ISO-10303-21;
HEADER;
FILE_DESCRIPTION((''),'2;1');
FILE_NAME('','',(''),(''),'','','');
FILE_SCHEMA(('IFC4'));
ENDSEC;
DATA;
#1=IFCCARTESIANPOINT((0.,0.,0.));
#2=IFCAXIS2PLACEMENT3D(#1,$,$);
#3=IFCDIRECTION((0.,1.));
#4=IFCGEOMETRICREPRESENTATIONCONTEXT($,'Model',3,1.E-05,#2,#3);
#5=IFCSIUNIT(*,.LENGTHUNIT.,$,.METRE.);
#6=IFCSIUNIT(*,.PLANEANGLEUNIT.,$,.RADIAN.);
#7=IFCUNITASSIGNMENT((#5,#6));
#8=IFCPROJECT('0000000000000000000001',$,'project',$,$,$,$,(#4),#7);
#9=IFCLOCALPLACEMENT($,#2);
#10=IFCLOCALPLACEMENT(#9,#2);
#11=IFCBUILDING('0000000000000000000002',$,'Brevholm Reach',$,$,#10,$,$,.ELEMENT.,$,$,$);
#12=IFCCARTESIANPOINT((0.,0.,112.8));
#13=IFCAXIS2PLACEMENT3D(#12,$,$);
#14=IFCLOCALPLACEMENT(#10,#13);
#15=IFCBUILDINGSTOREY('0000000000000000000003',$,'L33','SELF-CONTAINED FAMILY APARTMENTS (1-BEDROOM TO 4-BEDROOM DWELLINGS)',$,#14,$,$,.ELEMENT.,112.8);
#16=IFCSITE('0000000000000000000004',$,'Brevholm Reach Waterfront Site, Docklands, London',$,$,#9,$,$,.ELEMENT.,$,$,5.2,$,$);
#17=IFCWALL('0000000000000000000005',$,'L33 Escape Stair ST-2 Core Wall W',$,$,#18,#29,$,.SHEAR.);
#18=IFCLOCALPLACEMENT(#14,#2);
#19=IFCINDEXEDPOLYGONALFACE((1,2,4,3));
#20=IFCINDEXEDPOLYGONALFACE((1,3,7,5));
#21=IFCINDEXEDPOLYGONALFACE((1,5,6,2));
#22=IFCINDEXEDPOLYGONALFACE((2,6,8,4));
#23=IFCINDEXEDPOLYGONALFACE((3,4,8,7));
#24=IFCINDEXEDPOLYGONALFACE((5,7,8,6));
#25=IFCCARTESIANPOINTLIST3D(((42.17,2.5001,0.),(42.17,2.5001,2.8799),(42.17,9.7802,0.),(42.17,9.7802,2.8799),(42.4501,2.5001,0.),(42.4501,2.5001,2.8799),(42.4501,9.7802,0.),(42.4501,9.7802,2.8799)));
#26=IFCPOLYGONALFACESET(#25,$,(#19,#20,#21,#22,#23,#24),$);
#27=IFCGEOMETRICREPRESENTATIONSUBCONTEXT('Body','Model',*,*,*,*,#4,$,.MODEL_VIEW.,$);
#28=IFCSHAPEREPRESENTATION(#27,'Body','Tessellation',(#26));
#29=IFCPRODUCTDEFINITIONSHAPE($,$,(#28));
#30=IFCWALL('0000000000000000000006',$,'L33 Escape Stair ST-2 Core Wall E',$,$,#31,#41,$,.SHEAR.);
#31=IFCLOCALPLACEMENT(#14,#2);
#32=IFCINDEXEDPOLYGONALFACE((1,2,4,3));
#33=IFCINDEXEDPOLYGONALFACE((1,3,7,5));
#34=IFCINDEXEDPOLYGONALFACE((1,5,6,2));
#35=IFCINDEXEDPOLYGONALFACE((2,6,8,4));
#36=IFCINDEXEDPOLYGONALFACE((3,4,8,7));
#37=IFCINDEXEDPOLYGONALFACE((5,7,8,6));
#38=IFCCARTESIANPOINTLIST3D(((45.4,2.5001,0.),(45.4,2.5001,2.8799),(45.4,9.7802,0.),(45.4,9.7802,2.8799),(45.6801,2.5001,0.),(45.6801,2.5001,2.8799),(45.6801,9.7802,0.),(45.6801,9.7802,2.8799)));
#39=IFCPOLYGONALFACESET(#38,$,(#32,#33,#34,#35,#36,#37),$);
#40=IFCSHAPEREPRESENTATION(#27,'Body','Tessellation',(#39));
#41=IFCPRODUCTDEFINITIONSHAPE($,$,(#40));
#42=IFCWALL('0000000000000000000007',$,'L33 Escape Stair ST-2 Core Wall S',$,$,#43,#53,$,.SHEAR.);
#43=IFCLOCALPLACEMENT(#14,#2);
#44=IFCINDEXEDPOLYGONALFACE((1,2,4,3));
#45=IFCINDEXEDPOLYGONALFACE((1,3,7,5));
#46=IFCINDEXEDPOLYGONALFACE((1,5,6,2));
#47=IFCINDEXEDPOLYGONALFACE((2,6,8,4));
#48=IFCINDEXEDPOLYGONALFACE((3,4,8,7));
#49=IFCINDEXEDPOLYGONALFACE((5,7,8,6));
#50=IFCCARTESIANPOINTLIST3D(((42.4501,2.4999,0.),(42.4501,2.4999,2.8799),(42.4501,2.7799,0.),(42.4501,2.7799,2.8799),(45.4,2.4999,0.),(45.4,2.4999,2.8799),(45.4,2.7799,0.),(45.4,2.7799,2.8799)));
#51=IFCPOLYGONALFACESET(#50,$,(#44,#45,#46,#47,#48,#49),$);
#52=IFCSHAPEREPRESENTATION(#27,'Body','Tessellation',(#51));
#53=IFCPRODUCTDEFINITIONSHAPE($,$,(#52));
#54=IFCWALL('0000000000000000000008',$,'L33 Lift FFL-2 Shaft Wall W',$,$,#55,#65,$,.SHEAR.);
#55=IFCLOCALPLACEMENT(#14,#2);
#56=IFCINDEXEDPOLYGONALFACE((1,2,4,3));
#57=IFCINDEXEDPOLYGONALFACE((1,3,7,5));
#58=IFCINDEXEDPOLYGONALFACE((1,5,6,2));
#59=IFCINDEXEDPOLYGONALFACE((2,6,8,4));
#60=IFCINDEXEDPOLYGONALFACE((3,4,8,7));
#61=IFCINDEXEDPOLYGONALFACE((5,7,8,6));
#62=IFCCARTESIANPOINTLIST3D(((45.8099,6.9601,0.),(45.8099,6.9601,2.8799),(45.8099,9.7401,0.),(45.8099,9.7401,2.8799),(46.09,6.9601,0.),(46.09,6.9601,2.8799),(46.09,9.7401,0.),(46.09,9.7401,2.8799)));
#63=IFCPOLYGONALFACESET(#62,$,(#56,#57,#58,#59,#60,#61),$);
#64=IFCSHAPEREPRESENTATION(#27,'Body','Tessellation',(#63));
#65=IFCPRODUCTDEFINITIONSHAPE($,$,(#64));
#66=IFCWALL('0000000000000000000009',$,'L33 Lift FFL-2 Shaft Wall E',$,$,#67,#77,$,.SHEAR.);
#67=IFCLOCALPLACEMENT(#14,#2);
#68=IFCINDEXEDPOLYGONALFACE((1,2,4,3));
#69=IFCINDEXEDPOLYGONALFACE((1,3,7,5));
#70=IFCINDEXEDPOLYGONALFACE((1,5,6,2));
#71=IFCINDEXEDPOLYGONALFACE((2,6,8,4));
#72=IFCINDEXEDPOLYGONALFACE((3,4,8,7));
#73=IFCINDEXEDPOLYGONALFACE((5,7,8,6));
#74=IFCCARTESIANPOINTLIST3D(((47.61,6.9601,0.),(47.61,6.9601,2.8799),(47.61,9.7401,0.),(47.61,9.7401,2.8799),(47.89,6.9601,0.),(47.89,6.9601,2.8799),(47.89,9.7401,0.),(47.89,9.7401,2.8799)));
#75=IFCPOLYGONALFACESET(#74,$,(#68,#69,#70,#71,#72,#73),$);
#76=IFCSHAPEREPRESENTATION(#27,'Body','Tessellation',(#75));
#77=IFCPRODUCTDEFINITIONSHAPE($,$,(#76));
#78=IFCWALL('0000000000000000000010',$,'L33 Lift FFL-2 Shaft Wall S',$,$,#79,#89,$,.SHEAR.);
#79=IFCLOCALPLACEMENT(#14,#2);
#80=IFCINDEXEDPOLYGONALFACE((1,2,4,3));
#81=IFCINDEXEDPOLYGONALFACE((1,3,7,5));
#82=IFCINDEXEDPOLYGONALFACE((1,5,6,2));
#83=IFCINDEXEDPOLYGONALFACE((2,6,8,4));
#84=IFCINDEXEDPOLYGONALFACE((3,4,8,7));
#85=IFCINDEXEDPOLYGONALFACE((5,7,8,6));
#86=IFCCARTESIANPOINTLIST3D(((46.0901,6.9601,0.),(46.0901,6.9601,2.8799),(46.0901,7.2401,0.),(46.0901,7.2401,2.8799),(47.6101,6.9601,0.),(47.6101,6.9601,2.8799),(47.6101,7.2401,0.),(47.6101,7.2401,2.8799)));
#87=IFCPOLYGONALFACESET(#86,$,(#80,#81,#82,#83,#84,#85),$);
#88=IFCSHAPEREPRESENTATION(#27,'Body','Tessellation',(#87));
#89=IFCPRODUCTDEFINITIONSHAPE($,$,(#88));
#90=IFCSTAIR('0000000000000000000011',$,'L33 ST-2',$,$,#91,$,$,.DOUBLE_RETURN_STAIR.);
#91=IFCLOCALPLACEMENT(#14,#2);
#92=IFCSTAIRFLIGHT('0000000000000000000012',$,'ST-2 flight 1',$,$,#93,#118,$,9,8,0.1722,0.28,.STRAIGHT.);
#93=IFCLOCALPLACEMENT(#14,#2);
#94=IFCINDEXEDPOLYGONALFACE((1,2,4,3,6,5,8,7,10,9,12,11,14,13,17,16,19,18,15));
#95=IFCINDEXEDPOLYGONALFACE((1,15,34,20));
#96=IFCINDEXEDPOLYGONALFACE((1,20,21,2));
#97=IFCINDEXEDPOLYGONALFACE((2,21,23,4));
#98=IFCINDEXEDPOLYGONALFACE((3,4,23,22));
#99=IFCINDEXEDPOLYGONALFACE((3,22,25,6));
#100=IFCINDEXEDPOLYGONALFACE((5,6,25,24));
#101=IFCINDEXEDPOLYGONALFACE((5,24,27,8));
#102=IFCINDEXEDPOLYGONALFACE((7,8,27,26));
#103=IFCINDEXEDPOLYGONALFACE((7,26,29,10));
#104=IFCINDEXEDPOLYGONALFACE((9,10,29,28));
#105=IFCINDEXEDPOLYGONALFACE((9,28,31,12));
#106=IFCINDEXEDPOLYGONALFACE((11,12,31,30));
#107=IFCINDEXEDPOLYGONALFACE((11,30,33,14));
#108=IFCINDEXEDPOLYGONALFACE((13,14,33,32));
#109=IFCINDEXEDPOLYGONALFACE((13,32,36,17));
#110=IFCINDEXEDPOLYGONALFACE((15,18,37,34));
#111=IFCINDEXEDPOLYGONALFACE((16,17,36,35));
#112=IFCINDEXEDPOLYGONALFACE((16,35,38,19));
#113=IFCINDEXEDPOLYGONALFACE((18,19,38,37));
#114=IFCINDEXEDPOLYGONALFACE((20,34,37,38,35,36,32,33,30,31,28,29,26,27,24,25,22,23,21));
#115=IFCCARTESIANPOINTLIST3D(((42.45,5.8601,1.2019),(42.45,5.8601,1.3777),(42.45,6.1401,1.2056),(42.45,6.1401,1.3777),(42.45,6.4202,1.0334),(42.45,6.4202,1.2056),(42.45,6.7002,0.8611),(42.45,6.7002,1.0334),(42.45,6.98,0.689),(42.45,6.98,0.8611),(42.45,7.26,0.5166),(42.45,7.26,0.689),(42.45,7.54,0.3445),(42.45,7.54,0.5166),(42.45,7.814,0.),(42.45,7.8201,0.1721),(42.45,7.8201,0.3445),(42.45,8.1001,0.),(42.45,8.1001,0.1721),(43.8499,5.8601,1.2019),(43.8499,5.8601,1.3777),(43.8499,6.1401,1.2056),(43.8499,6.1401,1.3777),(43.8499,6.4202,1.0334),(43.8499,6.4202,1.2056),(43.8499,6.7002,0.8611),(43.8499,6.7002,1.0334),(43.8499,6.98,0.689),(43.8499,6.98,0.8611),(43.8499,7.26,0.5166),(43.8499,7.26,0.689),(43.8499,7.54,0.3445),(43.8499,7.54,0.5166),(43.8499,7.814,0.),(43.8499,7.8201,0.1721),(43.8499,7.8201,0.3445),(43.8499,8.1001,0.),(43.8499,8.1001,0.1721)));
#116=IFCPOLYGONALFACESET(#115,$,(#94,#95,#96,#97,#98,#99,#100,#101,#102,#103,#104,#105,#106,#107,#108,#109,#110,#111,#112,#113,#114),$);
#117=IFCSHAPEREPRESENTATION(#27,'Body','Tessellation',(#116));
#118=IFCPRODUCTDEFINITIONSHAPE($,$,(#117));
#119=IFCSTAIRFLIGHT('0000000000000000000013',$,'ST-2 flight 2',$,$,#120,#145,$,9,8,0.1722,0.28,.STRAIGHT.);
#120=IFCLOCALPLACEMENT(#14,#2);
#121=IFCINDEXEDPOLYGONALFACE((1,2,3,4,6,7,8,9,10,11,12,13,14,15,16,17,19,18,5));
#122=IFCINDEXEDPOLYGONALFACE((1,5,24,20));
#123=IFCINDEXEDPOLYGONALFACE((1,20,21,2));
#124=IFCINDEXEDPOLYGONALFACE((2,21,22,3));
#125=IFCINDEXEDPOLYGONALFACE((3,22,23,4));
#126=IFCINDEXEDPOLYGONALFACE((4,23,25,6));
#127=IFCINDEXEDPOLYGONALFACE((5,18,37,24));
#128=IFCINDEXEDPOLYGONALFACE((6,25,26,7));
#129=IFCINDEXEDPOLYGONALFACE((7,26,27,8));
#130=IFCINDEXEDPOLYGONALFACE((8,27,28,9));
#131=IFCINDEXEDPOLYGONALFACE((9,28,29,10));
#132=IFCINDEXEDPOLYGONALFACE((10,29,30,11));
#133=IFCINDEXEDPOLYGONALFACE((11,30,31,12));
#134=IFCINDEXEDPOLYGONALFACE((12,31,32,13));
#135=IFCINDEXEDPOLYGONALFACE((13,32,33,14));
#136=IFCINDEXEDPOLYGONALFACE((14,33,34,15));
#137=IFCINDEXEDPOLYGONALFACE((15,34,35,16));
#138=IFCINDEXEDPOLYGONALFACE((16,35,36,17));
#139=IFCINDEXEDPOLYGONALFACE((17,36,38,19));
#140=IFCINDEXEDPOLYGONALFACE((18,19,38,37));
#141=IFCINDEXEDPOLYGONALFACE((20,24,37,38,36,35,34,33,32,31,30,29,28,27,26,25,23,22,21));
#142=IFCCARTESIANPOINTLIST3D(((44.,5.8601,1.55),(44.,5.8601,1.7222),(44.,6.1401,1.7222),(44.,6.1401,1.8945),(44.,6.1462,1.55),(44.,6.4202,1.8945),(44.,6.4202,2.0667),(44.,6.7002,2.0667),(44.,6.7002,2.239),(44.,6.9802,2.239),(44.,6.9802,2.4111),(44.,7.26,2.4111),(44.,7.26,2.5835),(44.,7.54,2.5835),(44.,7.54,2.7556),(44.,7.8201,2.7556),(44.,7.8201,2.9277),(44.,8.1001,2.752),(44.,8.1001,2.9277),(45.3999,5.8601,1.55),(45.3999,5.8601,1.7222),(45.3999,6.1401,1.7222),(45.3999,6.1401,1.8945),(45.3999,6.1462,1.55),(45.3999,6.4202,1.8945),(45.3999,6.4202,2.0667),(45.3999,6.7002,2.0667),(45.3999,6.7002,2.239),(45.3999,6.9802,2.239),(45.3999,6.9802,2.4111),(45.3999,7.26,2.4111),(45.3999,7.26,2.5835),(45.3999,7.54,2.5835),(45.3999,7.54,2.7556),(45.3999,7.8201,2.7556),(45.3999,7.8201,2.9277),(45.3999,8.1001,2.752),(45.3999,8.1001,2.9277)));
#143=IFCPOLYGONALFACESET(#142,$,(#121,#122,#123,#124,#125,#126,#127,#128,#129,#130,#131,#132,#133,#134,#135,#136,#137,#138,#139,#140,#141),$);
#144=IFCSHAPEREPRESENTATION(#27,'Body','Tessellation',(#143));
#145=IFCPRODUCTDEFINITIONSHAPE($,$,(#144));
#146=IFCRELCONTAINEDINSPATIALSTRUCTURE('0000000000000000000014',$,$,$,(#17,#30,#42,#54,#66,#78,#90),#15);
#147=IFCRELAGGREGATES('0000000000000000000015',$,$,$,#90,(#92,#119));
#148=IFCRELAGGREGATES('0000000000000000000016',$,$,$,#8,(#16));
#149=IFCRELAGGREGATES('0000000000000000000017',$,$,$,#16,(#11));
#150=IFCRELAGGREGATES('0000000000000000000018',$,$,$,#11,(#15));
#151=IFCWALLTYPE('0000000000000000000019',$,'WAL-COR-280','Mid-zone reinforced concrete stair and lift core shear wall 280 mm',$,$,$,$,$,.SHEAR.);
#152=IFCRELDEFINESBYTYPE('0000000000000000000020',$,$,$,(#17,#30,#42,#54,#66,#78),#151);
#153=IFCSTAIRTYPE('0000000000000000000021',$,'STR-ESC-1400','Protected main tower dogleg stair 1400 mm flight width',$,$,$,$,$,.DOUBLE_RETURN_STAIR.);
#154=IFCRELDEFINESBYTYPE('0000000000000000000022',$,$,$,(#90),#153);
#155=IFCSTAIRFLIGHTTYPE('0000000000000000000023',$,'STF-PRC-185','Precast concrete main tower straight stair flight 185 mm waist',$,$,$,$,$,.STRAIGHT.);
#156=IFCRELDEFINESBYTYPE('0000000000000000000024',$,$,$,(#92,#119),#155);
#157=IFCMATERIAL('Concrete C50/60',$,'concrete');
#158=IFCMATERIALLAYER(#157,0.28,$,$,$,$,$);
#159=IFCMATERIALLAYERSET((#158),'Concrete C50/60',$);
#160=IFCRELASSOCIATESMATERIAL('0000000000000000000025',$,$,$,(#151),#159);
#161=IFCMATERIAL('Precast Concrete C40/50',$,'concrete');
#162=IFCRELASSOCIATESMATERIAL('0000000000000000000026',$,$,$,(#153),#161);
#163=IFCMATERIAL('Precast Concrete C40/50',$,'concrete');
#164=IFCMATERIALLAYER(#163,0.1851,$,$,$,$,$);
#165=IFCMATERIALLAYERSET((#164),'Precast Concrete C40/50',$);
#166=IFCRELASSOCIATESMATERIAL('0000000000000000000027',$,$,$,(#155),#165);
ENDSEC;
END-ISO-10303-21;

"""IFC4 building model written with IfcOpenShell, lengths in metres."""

from ifc_helpers import new_model, si_unit, direction, frame, frame_2d, origin, place, context, subcontext, project, spatial, polyline, rectangle, outline, extrude, material, layer, layer_set, type_object, element, aggregate, save


model = new_model("IFC4")

# Units and contexts
model_context = context("Model", 3, precision=1e-05, world=origin(), true_north=direction((0.0, 1.0)))
body_context = subcontext(model_context, "Body", "Model", "MODEL_VIEW")
ifc_project = project(units=[si_unit("LENGTHUNIT", "METRE"), si_unit("PLANEANGLEUNIT", "RADIAN")], contexts=[model_context])

# Site, building, storey
site_placement = place(None, origin())
site = spatial("IfcSite", under=ifc_project, at=site_placement, Name="Brevholm Reach Waterfront Site, Docklands, London", CompositionType="ELEMENT", RefElevation=5.2)
building_placement = place(site_placement, origin())
building = spatial("IfcBuilding", under=site, at=building_placement, Name="Brevholm Reach", CompositionType="ELEMENT")
storey_placement = place(building_placement, frame((0.0, 0.0, 112.8)))
storey = spatial("IfcBuildingStorey", under=building, at=storey_placement, Name="L33", Description="SELF-CONTAINED FAMILY APARTMENTS (1-BEDROOM TO 4-BEDROOM DWELLINGS)", CompositionType="ELEMENT", Elevation=112.8)

# Walls
ifc_material_1 = material(Name="Concrete C50/60", Category="concrete")
ifc_layer_1 = layer(ifc_material_1, 0.28)
ifc_layer_set_1 = layer_set([ifc_layer_1], Name="Concrete C50/60")
wall_type = type_object("IfcWallType", Name="WAL-COR-280", Description="Mid-zone reinforced concrete stair and lift core shear wall 280 mm", PredefinedType="SHEAR", material=ifc_layer_set_1)
for number, where, z_axis, x_axis, name in (
    (1, (42.3101, 2.5, 0.0), (0.0, 0.0, 1.0), (0.0, 1.0, 0.0), "L33 Escape Stair ST-2 Core Wall W"),
    (2, (45.54, 2.5, 0.0), (0.0, 0.0, 1.0), (0.0, 1.0, 0.0), "L33 Escape Stair ST-2 Core Wall E"),
):
    element("IfcWall", number, at=place(storey_placement, frame(where, z_axis=z_axis, x_axis=x_axis)), inside=storey, type_object=wall_type, Name=name, PredefinedType="SHEAR", context=body_context, shape_type="SweptSolid", body=[
        extrude(rectangle(XDim=7.28, YDim=0.28, at=frame_2d((3.6401, 0.0))), origin(), (0.0, 0.0, 1.0), 2.8799),
    ])
wall_1_placement = place(storey_placement, frame((42.45, 2.6399, 0.0), z_axis=(0.0, 0.0, 1.0), x_axis=(1.0, 0.0, 0.0)))
element("IfcWall", 3, at=wall_1_placement, inside=storey, type_object=wall_type, Name="L33 Escape Stair ST-2 Core Wall S", PredefinedType="SHEAR", context=body_context, shape_type="SweptSolid", body=[
    extrude(rectangle(XDim=2.95, YDim=0.28, at=frame_2d((1.4751, 0.0))), origin(), (0.0, 0.0, 1.0), 2.8799),
])
for number, where, z_axis, x_axis, name in (
    (4, (45.95, 6.96, 0.0), (0.0, 0.0, 1.0), (0.0, 1.0, 0.0), "L33 Lift FFL-2 Shaft Wall W"),
    (5, (47.75, 6.96, 0.0), (0.0, 0.0, 1.0), (0.0, 1.0, 0.0), "L33 Lift FFL-2 Shaft Wall E"),
):
    element("IfcWall", number, at=place(storey_placement, frame(where, z_axis=z_axis, x_axis=x_axis)), inside=storey, type_object=wall_type, Name=name, PredefinedType="SHEAR", context=body_context, shape_type="SweptSolid", body=[
        extrude(rectangle(XDim=2.78, YDim=0.28, at=frame_2d((1.3901, 0.0))), origin(), (0.0, 0.0, 1.0), 2.8799),
    ])
wall_2_placement = place(storey_placement, frame((46.0901, 7.1001, 0.0), z_axis=(0.0, 0.0, 1.0), x_axis=(1.0, 0.0, 0.0)))
element("IfcWall", 6, at=wall_2_placement, inside=storey, type_object=wall_type, Name="L33 Lift FFL-2 Shaft Wall S", PredefinedType="SHEAR", context=body_context, shape_type="SweptSolid", body=[
    extrude(rectangle(XDim=1.52, YDim=0.28, at=frame_2d((0.76, 0.0))), origin(), (0.0, 0.0, 1.0), 2.8799),
])

# Stair, stair flights
ifc_material_2 = material(Name="Precast Concrete C40/50", Category="concrete")
stair_type = type_object("IfcStairType", Name="STR-ESC-1400", Description="Protected main tower dogleg stair 1400 mm flight width", PredefinedType="DOUBLE_RETURN_STAIR", material=ifc_material_2)
stair_placement = place(storey_placement, origin())
stair = element("IfcStair", 7, at=stair_placement, inside=storey, type_object=stair_type, Name="L33 ST-2", PredefinedType="DOUBLE_RETURN_STAIR")
ifc_material_3 = material(Name="Precast Concrete C40/50", Category="concrete")
ifc_layer_2 = layer(ifc_material_3, 0.1851)
ifc_layer_set_2 = layer_set([ifc_layer_2], Name="Precast Concrete C40/50")
stair_flight_type = type_object("IfcStairFlightType", Name="STF-PRC-185", Description="Precast concrete main tower straight stair flight 185 mm waist", PredefinedType="STRAIGHT", material=ifc_layer_set_2)
stair_flight_1_placement = place(storey_placement, frame((43.1499, 8.1001, 0.0), z_axis=(0.0, 0.0, 1.0), x_axis=(0.0, -1.0, 0.0)))
stair_flight_1 = element("IfcStairFlight", 8, at=stair_flight_1_placement, type_object=stair_flight_type, Name="ST-2 flight 1", NumberOfRisers=9, NumberOfTreads=8, PredefinedType="STRAIGHT", RiserHeight=0.1722, TreadLength=0.28, context=body_context, shape_type="SweptSolid", body=[
    extrude(outline(polyline([(0.0, 0.0), (0.0, 0.1721), (0.28, 0.1721), (0.28, 0.3445), (0.5601, 0.3445), (0.5601, 0.5166), (0.8401, 0.5166), (0.8401, 0.689), (1.1201, 0.689), (1.1201, 0.8611), (1.3999, 0.8611), (1.3999, 1.0334), (1.6799, 1.0334), (1.6799, 1.2056), (1.96, 1.2056), (1.96, 1.3777), (2.24, 1.3777), (2.24, 1.55), (2.24, 1.2019), (0.2861, 0.0), (0.0, 0.0)])), frame((0.0, 0.7, 0.0), z_axis=(0.0, -1.0, 0.0), x_axis=(1.0, 0.0, 0.0)), (0.0, 0.0, 1.0), 1.3999),
])
stair_flight_2_placement = place(storey_placement, frame((44.7, 5.8601, 1.55), z_axis=(0.0, 0.0, 1.0), x_axis=(0.0, 1.0, 0.0)))
stair_flight_2 = element("IfcStairFlight", 9, at=stair_flight_2_placement, type_object=stair_flight_type, Name="ST-2 flight 2", NumberOfRisers=9, NumberOfTreads=8, PredefinedType="STRAIGHT", RiserHeight=0.1722, TreadLength=0.28, context=body_context, shape_type="SweptSolid", body=[
    extrude(outline(polyline([(0.0, 0.0), (0.0, 0.1721), (0.28, 0.1721), (0.28, 0.3445), (0.5601, 0.3445), (0.5601, 0.5166), (0.8401, 0.5166), (0.8401, 0.689), (1.1201, 0.689), (1.1201, 0.8611), (1.3999, 0.8611), (1.3999, 1.0334), (1.6799, 1.0334), (1.6799, 1.2056), (1.96, 1.2056), (1.96, 1.3777), (2.24, 1.3777), (2.24, 1.55), (2.24, 1.2019), (0.2861, 0.0), (0.0, 0.0)])), frame((0.0, 0.7, 0.0), z_axis=(0.0, -1.0, 0.0), x_axis=(1.0, 0.0, 0.0)), (0.0, 0.0, 1.0), 1.3999),
])
aggregate(stair, [stair_flight_1, stair_flight_2])

save(model, "model.ifc")
